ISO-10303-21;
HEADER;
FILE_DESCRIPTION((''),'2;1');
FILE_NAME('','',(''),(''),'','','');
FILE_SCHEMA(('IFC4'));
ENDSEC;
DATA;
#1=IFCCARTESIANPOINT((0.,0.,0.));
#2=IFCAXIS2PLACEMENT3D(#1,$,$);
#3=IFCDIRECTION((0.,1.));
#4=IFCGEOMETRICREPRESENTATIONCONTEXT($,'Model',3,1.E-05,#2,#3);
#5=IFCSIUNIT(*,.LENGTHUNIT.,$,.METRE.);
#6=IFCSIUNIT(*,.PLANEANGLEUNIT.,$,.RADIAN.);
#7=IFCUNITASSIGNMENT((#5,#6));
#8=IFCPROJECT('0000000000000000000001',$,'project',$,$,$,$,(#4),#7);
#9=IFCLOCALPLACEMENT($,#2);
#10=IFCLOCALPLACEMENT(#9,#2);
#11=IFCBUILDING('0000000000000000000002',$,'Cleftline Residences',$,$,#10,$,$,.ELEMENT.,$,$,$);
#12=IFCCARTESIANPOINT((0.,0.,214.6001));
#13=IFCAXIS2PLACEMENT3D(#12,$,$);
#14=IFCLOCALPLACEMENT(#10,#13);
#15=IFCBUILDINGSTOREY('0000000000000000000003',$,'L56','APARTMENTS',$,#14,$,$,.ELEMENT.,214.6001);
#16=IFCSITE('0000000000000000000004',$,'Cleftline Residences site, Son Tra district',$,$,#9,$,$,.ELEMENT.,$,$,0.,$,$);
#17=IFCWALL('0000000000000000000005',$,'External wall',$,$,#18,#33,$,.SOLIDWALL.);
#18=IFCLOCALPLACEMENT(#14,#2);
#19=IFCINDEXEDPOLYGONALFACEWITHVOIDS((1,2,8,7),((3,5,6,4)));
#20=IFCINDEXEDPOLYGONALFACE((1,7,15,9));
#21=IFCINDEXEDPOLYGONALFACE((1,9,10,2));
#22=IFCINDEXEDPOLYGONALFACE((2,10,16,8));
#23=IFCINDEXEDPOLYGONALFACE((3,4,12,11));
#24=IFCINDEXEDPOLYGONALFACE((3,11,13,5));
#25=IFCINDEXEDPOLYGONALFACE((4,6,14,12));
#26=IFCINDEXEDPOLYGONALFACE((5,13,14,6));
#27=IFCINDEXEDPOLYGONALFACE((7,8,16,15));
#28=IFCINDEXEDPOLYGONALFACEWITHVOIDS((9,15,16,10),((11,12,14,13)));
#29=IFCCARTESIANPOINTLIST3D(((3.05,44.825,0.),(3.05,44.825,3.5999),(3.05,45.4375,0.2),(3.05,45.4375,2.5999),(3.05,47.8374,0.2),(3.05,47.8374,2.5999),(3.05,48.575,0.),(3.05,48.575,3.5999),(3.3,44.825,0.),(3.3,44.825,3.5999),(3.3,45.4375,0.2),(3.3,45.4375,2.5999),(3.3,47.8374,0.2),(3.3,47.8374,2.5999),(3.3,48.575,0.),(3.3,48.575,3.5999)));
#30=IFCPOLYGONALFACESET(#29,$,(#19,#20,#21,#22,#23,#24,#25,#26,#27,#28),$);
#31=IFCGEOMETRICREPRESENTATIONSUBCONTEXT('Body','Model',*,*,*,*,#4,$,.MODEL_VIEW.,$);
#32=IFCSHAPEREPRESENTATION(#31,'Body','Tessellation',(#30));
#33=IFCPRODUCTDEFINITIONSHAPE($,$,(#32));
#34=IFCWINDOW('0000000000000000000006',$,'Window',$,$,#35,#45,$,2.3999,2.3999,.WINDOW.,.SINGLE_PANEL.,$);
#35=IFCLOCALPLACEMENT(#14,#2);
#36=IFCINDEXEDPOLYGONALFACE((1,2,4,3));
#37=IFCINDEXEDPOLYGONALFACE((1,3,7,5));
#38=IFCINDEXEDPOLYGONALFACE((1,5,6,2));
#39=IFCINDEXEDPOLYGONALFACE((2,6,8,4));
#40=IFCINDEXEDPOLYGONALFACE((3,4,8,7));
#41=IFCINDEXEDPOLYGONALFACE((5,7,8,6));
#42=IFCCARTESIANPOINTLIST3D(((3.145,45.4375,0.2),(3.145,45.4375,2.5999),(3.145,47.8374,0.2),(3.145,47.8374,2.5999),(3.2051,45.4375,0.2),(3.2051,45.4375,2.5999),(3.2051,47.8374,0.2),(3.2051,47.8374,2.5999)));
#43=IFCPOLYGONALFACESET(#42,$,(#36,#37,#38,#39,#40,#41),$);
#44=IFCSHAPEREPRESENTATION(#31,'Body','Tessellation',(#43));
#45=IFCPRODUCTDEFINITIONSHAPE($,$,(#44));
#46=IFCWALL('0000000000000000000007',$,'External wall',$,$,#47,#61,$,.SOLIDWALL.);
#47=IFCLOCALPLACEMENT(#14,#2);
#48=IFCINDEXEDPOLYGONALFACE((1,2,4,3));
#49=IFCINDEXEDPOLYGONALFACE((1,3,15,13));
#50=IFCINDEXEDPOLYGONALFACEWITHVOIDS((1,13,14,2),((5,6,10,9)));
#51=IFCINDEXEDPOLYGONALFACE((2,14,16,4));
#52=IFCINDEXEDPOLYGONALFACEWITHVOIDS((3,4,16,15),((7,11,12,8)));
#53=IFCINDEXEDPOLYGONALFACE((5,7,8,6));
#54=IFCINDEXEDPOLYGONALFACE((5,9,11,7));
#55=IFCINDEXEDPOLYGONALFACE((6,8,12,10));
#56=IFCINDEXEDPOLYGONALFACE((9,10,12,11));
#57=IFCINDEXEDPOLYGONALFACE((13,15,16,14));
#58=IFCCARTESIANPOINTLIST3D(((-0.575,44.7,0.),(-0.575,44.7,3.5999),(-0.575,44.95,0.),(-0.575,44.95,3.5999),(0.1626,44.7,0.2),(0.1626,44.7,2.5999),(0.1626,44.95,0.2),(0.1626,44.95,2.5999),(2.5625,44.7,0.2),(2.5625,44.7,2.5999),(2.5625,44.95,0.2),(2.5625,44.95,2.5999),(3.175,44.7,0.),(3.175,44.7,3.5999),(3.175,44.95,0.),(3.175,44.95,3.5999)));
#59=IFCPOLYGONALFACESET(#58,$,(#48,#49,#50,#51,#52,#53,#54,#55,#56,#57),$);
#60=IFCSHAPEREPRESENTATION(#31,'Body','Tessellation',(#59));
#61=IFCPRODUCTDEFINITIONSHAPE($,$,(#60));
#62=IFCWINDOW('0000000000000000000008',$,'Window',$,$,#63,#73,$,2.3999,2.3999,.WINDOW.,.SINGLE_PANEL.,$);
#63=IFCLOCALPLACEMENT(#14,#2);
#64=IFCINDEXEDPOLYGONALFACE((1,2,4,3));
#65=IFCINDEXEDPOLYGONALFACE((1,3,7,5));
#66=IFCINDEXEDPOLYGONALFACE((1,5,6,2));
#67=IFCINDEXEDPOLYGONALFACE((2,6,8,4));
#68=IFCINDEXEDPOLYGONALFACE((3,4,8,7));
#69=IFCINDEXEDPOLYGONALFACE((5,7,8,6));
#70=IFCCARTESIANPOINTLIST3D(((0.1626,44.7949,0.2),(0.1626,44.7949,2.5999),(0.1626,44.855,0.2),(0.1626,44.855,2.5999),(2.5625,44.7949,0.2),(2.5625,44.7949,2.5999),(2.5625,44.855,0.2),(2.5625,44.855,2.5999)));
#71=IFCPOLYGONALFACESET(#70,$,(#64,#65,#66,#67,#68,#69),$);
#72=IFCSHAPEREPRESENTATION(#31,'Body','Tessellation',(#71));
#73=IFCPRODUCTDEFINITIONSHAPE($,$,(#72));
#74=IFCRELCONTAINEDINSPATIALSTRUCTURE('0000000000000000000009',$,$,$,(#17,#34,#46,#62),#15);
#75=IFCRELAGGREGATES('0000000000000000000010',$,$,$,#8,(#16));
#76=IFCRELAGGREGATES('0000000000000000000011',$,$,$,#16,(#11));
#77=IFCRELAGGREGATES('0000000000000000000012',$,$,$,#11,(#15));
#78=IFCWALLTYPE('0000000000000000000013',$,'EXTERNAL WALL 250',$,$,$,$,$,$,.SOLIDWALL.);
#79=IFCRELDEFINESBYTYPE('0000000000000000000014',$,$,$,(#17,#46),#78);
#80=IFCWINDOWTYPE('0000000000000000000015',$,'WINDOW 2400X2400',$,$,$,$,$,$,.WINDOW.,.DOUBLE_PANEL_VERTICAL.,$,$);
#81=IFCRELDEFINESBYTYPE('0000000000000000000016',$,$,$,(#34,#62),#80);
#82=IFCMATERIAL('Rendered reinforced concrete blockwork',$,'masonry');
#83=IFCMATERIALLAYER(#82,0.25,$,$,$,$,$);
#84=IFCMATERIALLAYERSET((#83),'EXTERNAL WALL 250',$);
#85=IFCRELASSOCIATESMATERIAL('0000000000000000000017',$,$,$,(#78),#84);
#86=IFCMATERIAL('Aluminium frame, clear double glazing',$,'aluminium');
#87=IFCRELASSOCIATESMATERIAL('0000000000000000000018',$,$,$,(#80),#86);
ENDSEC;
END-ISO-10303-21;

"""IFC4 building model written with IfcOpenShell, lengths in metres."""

from ifc_helpers import new_model, si_unit, direction, frame, frame_2d, origin, place, context, subcontext, project, spatial, rectangle, extrude, material, layer, layer_set, type_object, element, fill, save


model = new_model("IFC4")

# Units and contexts
model_context = context("Model", 3, precision=1e-05, world=origin(), true_north=direction((0.0, 1.0)))
body_context = subcontext(model_context, "Body", "Model", "MODEL_VIEW")
ifc_project = project(units=[si_unit("LENGTHUNIT", "METRE"), si_unit("PLANEANGLEUNIT", "RADIAN")], contexts=[model_context])

# Site, building, storey
site_placement = place(None, origin())
site = spatial("IfcSite", under=ifc_project, at=site_placement, Name="Cleftline Residences site, Son Tra district", CompositionType="ELEMENT", RefElevation=0.0)
building_placement = place(site_placement, origin())
building = spatial("IfcBuilding", under=site, at=building_placement, Name="Cleftline Residences", CompositionType="ELEMENT")
storey_placement = place(building_placement, frame((0.0, 0.0, 214.6001)))
storey = spatial("IfcBuildingStorey", under=building, at=storey_placement, Name="L56", Description="APARTMENTS", CompositionType="ELEMENT", Elevation=214.6001)

# Walls, openings, windows
ifc_material_1 = material(Name="Rendered reinforced concrete blockwork", Category="masonry")
ifc_layer_1 = layer(ifc_material_1, 0.25)
ifc_layer_set_1 = layer_set([ifc_layer_1], Name="EXTERNAL WALL 250")
wall_type_1 = type_object("IfcWallType", Name="EXTERNAL WALL 250", PredefinedType="SOLIDWALL", material=ifc_layer_set_1)
wall_1_placement = place(storey_placement, frame((3.175, 48.575, 0.0), z_axis=(0.0, 0.0, 1.0), x_axis=(0.0, -1.0, 0.0)))
wall_1 = element("IfcWall", 1, at=wall_1_placement, inside=storey, type_object=wall_type_1, Name="External wall", PredefinedType="SOLIDWALL", context=body_context, shape_type="SweptSolid", body=[
    extrude(rectangle(XDim=3.75, YDim=0.25, at=frame_2d((1.875, 0.0))), origin(), (0.0, 0.0, 1.0), 3.5999),
])
opening_1_placement = place(wall_1_placement, frame((0.7375, 0.0, 0.2)))
opening_1 = element("IfcOpeningElement", 2, at=opening_1_placement, cuts=wall_1, PredefinedType="OPENING", context=body_context, shape_type="SweptSolid", body=[
    extrude(rectangle(XDim=2.3999, YDim=2.3999, at=frame_2d((1.2, 1.2))), frame((0.0, 0.135, 0.0), z_axis=(0.0, -1.0, 0.0), x_axis=(1.0, 0.0, 0.0)), (0.0, 0.0, 1.0), 0.27),
])
ifc_material_2 = material(Name="Aluminium frame, clear double glazing", Category="aluminium")
window_type_1 = type_object("IfcWindowType", Name="WINDOW 2400X2400", PartitioningType="DOUBLE_PANEL_VERTICAL", PredefinedType="WINDOW", material=ifc_material_2)
window_1_placement = place(opening_1_placement, origin())
window_1 = element("IfcWindow", 3, at=window_1_placement, inside=storey, type_object=window_type_1, Name="Window", OverallHeight=2.3999, OverallWidth=2.3999, PartitioningType="SINGLE_PANEL", PredefinedType="WINDOW", context=body_context, shape_type="SweptSolid", body=[
    extrude(rectangle(XDim=2.3999, YDim=2.3999, at=frame_2d((1.2, 1.2))), frame((0.0, 0.03, 0.0), z_axis=(0.0, -1.0, 0.0), x_axis=(1.0, 0.0, 0.0)), (0.0, 0.0, 1.0), 0.0601),
])
fill(opening_1, window_1)
wall_2_placement = place(storey_placement, frame((3.175, 44.825, 0.0), z_axis=(0.0, 0.0, 1.0), x_axis=(-1.0, 0.0, 0.0)))
wall_2 = element("IfcWall", 4, at=wall_2_placement, inside=storey, type_object=wall_type_1, Name="External wall", PredefinedType="SOLIDWALL", context=body_context, shape_type="SweptSolid", body=[
    extrude(rectangle(XDim=3.75, YDim=0.25, at=frame_2d((1.875, 0.0))), origin(), (0.0, 0.0, 1.0), 3.5999),
])
opening_2_placement = place(wall_2_placement, frame((0.6125, 0.0, 0.2)))
opening_2 = element("IfcOpeningElement", 5, at=opening_2_placement, cuts=wall_2, PredefinedType="OPENING", context=body_context, shape_type="SweptSolid", body=[
    extrude(rectangle(XDim=2.3999, YDim=2.3999, at=frame_2d((1.2, 1.2))), frame((0.0, 0.135, 0.0), z_axis=(0.0, -1.0, 0.0), x_axis=(1.0, 0.0, 0.0)), (0.0, 0.0, 1.0), 0.27),
])
window_2_placement = place(opening_2_placement, origin())
window_2 = element("IfcWindow", 6, at=window_2_placement, inside=storey, type_object=window_type_1, Name="Window", OverallHeight=2.3999, OverallWidth=2.3999, PartitioningType="SINGLE_PANEL", PredefinedType="WINDOW", context=body_context, shape_type="SweptSolid", body=[
    extrude(rectangle(XDim=2.3999, YDim=2.3999, at=frame_2d((1.2, 1.2))), frame((0.0, 0.03, 0.0), z_axis=(0.0, -1.0, 0.0), x_axis=(1.0, 0.0, 0.0)), (0.0, 0.0, 1.0), 0.0601),
])
fill(opening_2, window_2)

save(model, "model.ifc")
